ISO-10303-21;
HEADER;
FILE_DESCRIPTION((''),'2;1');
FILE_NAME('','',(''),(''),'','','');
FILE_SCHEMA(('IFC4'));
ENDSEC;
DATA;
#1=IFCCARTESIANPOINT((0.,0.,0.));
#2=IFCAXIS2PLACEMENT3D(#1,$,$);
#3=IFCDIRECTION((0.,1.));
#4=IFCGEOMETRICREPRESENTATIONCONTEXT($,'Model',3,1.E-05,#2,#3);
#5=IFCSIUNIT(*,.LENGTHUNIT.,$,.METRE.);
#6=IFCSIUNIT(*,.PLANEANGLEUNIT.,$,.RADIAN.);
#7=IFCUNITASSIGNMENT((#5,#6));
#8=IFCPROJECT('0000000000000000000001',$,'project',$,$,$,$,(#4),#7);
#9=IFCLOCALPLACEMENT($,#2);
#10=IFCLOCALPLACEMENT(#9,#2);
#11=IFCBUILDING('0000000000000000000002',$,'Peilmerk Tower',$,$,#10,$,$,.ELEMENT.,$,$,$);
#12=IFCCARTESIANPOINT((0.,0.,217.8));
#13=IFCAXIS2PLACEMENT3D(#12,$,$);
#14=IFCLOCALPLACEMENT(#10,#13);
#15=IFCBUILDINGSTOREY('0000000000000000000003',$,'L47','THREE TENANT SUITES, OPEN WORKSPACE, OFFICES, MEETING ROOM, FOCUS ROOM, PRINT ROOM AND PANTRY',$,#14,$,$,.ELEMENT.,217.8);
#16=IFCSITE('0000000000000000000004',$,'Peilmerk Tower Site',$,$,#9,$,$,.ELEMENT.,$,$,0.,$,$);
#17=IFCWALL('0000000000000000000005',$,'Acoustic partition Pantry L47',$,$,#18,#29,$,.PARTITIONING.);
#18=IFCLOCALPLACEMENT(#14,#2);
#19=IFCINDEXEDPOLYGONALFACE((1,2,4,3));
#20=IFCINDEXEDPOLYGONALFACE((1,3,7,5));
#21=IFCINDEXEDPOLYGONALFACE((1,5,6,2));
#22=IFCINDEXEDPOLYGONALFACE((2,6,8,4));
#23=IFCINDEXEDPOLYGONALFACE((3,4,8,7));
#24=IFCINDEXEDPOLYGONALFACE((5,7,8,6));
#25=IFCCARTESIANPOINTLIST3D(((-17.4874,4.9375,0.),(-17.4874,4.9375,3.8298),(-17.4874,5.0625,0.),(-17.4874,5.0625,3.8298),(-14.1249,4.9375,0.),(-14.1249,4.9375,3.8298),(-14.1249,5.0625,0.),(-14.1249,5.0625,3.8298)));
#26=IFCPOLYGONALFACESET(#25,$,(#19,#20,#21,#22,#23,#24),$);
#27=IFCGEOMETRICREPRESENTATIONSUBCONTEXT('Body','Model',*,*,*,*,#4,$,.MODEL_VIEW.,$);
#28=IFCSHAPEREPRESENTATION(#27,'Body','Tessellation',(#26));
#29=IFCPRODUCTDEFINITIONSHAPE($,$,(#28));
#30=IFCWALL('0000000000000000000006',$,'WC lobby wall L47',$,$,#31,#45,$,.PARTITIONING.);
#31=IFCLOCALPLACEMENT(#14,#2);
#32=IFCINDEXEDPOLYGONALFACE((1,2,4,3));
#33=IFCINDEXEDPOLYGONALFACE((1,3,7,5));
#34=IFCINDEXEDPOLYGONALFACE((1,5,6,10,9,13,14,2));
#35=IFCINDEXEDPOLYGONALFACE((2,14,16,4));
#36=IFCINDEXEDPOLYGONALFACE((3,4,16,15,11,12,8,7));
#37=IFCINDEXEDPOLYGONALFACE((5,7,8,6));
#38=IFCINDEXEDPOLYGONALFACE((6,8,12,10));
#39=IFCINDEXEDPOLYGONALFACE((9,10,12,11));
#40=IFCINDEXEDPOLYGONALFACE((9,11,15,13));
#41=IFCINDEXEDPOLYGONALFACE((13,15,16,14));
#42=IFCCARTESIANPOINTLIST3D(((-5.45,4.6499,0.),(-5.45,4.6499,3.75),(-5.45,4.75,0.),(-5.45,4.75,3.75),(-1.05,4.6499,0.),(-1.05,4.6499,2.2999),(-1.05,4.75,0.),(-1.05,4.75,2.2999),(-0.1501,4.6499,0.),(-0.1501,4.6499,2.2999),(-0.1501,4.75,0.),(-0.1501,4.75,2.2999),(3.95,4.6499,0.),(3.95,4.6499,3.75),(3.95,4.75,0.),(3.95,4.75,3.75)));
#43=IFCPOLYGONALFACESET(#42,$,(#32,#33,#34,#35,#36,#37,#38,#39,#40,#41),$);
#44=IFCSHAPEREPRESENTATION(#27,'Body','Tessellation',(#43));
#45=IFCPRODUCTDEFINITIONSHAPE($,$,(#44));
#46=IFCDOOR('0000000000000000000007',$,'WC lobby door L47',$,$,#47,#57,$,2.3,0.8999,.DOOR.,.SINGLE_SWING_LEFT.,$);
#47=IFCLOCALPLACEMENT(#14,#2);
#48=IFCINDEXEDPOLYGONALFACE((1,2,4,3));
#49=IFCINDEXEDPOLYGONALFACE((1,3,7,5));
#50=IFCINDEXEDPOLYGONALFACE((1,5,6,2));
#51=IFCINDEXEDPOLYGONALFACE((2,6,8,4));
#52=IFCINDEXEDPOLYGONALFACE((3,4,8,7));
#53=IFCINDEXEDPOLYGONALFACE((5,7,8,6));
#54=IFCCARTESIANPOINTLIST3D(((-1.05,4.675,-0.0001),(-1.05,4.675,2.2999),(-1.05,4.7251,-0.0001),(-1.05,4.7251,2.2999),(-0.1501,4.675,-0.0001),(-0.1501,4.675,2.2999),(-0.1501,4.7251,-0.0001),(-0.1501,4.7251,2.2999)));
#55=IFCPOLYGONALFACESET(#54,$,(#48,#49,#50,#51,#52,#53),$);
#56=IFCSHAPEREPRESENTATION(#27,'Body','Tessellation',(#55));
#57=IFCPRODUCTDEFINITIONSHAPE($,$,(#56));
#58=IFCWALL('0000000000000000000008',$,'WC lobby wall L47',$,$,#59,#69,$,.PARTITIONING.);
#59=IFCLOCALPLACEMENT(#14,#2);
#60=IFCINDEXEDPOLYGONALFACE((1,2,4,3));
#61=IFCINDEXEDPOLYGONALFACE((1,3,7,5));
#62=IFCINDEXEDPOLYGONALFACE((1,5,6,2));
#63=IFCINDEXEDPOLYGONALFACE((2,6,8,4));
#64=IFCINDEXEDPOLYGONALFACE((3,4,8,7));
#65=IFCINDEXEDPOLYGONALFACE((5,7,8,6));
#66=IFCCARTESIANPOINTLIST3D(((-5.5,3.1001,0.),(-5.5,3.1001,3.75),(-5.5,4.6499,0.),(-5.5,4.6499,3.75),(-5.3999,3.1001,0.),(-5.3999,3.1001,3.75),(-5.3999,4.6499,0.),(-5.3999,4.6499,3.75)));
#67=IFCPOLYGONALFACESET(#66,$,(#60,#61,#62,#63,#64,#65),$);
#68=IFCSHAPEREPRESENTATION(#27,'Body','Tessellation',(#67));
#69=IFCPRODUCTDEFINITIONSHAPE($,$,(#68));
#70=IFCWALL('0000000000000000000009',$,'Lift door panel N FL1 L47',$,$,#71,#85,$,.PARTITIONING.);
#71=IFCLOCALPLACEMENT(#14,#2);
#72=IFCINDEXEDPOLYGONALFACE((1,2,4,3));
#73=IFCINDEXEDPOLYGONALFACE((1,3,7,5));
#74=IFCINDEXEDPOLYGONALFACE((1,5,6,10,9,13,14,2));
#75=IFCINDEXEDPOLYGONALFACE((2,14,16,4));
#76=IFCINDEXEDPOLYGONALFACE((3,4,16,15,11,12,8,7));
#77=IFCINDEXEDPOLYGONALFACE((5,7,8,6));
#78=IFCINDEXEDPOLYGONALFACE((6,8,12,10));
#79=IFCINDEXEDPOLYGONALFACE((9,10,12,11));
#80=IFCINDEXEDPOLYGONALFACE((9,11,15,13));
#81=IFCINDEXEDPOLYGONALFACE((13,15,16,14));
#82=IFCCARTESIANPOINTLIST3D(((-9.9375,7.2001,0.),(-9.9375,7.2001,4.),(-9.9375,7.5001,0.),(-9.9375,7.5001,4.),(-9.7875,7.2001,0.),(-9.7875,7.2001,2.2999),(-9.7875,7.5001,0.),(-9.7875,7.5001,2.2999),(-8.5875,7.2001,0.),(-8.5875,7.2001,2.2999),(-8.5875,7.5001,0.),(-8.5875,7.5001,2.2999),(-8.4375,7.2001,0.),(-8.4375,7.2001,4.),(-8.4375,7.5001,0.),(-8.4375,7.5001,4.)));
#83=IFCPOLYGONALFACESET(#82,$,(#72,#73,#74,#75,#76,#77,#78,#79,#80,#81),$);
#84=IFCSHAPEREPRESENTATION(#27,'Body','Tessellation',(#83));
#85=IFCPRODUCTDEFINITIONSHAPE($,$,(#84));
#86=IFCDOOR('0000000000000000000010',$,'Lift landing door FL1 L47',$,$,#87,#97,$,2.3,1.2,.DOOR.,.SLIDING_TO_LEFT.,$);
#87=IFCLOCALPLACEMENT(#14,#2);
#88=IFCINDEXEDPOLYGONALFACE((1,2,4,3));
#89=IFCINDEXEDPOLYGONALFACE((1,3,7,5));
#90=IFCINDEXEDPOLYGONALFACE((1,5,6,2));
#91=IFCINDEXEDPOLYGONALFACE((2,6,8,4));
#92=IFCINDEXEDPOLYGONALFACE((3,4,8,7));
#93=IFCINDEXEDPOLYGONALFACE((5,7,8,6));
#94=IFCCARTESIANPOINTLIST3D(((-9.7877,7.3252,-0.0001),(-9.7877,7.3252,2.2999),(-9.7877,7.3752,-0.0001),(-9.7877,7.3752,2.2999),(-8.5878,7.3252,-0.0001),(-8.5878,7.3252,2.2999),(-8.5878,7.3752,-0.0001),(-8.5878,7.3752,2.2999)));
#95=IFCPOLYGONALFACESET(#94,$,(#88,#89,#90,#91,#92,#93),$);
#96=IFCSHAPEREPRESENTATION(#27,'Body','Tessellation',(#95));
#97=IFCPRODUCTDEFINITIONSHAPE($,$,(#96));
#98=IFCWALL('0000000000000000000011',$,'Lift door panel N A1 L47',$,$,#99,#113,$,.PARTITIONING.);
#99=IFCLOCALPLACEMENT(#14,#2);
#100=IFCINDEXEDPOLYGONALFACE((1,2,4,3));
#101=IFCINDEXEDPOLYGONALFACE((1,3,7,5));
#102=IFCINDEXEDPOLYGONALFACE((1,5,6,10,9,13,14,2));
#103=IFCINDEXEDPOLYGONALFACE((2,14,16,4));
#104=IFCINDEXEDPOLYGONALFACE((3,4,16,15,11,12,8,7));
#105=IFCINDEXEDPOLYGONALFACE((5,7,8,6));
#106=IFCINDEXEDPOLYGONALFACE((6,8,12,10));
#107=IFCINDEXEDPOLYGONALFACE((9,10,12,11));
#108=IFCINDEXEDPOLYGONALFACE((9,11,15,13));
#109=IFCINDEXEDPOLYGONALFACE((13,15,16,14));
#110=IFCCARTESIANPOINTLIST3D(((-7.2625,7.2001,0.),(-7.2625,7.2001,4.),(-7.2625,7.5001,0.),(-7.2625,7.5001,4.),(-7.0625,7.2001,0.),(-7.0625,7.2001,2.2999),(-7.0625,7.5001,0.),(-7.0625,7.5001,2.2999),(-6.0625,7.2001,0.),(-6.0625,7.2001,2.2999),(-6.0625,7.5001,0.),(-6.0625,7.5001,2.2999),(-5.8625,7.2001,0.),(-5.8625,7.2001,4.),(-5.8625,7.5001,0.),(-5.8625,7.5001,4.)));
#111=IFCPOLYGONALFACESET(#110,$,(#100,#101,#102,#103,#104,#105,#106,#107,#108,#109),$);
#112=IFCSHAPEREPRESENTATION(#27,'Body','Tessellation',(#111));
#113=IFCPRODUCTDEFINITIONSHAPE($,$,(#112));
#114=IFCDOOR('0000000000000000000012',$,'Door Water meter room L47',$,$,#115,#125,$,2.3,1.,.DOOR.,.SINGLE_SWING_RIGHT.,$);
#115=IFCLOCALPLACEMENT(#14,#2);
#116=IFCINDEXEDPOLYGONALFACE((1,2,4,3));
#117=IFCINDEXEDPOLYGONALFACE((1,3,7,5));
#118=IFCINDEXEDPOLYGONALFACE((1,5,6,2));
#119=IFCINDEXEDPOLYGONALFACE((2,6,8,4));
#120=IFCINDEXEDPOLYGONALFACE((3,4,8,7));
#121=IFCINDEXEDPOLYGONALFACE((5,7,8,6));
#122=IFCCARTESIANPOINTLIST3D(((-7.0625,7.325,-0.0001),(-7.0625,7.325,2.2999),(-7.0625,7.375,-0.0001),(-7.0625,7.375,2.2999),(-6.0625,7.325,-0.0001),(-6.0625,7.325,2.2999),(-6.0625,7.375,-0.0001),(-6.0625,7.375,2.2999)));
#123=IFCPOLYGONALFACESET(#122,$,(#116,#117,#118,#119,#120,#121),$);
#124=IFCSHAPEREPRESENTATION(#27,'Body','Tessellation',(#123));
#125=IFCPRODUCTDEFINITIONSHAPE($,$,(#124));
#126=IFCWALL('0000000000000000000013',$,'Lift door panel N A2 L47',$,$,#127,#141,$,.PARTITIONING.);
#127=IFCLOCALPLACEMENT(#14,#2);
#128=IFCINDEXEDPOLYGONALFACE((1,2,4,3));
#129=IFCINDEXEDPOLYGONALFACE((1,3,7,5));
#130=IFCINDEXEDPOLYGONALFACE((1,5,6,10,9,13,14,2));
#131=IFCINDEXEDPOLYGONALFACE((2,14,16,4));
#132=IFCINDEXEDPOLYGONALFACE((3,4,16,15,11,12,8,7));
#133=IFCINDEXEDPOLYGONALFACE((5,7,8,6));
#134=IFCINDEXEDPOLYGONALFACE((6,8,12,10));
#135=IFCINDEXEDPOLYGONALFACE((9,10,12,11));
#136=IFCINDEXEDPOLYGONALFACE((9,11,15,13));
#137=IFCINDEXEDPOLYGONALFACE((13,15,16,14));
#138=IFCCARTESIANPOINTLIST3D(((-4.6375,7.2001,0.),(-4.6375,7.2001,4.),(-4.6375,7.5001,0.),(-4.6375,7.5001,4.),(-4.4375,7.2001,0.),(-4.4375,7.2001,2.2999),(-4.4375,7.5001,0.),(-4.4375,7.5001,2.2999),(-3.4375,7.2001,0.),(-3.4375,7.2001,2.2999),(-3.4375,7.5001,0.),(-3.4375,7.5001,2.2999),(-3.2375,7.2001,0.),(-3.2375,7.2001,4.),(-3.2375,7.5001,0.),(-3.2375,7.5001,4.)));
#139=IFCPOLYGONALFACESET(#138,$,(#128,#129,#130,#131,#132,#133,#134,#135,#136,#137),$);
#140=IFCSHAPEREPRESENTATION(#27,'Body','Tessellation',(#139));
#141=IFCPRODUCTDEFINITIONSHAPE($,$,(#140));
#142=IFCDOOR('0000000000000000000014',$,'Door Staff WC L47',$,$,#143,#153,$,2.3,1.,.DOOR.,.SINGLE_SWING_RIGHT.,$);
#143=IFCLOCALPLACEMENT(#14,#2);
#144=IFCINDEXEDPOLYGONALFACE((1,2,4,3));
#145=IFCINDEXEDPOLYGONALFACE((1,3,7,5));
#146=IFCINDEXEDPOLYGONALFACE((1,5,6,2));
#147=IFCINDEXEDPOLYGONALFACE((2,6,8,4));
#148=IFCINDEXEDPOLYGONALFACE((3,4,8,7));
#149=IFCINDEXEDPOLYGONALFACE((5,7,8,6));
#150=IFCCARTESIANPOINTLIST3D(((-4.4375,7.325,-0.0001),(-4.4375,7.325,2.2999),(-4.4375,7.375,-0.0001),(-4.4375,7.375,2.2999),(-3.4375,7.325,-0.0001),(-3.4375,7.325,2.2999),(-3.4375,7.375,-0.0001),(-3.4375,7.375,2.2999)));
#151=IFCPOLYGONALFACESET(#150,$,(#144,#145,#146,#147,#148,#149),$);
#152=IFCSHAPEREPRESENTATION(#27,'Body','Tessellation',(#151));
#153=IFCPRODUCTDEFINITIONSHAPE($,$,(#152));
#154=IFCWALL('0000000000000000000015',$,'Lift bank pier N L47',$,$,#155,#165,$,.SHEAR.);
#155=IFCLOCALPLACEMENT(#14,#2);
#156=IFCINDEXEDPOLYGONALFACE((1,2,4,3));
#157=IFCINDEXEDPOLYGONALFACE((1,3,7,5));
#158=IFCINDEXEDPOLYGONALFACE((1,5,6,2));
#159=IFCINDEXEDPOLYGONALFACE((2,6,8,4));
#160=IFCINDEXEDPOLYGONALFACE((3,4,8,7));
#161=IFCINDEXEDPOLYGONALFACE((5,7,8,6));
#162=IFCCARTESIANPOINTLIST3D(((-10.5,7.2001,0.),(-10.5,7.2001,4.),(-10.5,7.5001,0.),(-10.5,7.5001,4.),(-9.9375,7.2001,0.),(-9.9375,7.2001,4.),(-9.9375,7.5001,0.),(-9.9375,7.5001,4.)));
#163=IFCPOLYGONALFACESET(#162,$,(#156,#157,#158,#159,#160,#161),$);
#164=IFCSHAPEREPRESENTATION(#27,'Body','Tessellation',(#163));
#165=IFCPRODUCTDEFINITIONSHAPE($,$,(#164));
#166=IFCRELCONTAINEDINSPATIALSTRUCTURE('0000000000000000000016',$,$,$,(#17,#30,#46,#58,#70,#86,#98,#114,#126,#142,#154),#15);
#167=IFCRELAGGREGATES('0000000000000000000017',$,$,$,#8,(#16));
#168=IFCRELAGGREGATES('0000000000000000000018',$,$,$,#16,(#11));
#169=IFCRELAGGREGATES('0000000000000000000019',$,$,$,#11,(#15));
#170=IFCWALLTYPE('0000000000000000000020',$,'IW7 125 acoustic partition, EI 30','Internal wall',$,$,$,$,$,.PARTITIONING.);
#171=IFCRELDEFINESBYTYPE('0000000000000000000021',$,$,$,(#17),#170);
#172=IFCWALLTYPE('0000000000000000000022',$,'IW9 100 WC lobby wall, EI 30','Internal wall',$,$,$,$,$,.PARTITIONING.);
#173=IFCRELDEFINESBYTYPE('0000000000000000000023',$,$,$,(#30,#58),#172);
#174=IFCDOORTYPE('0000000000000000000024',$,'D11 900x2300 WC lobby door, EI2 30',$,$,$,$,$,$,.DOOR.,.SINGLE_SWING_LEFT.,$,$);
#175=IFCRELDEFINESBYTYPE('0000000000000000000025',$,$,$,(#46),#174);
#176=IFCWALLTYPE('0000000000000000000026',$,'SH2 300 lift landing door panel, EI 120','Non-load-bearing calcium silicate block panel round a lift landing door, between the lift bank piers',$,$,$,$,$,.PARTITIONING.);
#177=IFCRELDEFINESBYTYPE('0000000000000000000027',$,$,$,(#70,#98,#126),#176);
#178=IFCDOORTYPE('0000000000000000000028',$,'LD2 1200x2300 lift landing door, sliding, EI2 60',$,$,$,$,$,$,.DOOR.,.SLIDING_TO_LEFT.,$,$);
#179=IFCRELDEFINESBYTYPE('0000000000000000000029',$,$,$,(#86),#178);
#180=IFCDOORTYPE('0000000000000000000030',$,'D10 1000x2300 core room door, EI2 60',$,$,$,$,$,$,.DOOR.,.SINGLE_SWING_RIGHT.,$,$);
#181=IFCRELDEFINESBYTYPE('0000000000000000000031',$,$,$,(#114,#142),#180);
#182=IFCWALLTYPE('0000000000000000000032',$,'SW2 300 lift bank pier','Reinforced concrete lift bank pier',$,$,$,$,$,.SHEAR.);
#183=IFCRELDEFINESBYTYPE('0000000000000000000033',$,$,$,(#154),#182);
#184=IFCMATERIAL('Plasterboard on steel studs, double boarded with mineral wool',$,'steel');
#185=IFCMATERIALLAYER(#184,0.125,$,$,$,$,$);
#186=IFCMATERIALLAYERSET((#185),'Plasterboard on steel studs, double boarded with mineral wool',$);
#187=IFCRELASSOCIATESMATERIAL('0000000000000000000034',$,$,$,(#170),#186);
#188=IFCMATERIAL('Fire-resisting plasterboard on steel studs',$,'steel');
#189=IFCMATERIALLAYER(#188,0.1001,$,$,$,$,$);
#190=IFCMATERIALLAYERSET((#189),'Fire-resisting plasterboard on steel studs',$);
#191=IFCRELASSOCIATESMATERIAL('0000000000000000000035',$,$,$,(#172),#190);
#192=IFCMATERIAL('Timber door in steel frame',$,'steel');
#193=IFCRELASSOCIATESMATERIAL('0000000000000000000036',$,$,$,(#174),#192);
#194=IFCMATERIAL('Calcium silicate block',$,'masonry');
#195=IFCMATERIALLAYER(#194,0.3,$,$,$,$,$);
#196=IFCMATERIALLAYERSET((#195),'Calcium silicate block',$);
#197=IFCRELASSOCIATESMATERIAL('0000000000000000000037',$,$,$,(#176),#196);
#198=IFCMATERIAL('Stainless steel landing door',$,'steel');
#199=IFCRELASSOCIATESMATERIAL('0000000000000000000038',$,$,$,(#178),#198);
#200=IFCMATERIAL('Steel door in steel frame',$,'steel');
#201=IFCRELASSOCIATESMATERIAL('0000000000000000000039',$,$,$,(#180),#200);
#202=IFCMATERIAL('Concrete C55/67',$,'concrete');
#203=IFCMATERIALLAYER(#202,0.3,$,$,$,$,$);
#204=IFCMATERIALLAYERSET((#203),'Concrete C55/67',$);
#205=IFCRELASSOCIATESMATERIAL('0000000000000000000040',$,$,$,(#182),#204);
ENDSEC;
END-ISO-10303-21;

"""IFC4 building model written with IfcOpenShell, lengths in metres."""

from ifc_helpers import new_model, si_unit, direction, frame, frame_2d, origin, place, context, subcontext, project, spatial, rectangle, extrude, material, layer, layer_set, type_object, element, fill, save


model = new_model("IFC4")

# Units and contexts
model_context = context("Model", 3, precision=1e-05, world=origin(), true_north=direction((0.0, 1.0)))
body_context = subcontext(model_context, "Body", "Model", "MODEL_VIEW")
ifc_project = project(units=[si_unit("LENGTHUNIT", "METRE"), si_unit("PLANEANGLEUNIT", "RADIAN")], contexts=[model_context])

# Site, building, storey
site_placement = place(None, origin())
site = spatial("IfcSite", under=ifc_project, at=site_placement, Name="Peilmerk Tower Site", CompositionType="ELEMENT", RefElevation=0.0)
building_placement = place(site_placement, origin())
building = spatial("IfcBuilding", under=site, at=building_placement, Name="Peilmerk Tower", CompositionType="ELEMENT")
storey_placement = place(building_placement, frame((0.0, 0.0, 217.8)))
storey = spatial("IfcBuildingStorey", under=building, at=storey_placement, Name="L47", Description="THREE TENANT SUITES, OPEN WORKSPACE, OFFICES, MEETING ROOM, FOCUS ROOM, PRINT ROOM AND PANTRY", CompositionType="ELEMENT", Elevation=217.8)

# Shared definitions
ifc_material_1 = material(Name="Concrete C55/67", Category="concrete")

# Shared definitions
ifc_material_2 = material(Name="Steel door in steel frame", Category="steel")

# Shared definitions
ifc_material_3 = material(Name="Timber door in steel frame", Category="steel")

# Wall
ifc_material_4 = material(Name="Plasterboard on steel studs, double boarded with mineral wool", Category="steel")
ifc_layer_1 = layer(ifc_material_4, 0.125)
ifc_layer_set_1 = layer_set([ifc_layer_1], Name="Plasterboard on steel studs, double boarded with mineral wool")
wall_type_1 = type_object("IfcWallType", Name="IW7 125 acoustic partition, EI 30", Description="Internal wall", PredefinedType="PARTITIONING", material=ifc_layer_set_1)
wall_1_placement = place(storey_placement, frame((-14.125, 5.0, 0.0), z_axis=(0.0, 0.0, 1.0), x_axis=(-1.0, 0.0, 0.0)))
element("IfcWall", 1, at=wall_1_placement, inside=storey, type_object=wall_type_1, Name="Acoustic partition Pantry L47", PredefinedType="PARTITIONING", context=body_context, shape_type="SweptSolid", body=[
    extrude(rectangle(XDim=3.3625, YDim=0.125, at=frame_2d((1.6812, 0.0))), origin(), (0.0, 0.0, 1.0), 3.8298),
])

# Wall, opening, door
ifc_material_5 = material(Name="Fire-resisting plasterboard on steel studs", Category="steel")
ifc_layer_2 = layer(ifc_material_5, 0.1001)
ifc_layer_set_2 = layer_set([ifc_layer_2], Name="Fire-resisting plasterboard on steel studs")
wall_type_2 = type_object("IfcWallType", Name="IW9 100 WC lobby wall, EI 30", Description="Internal wall", PredefinedType="PARTITIONING", material=ifc_layer_set_2)
wall_2_placement = place(storey_placement, frame((-5.45, 4.7, 0.0), z_axis=(0.0, 0.0, 1.0), x_axis=(1.0, 0.0, 0.0)))
wall_2 = element("IfcWall", 2, at=wall_2_placement, inside=storey, type_object=wall_type_2, Name="WC lobby wall L47", PredefinedType="PARTITIONING", context=body_context, shape_type="SweptSolid", body=[
    extrude(rectangle(XDim=9.3999, YDim=0.1001, at=frame_2d((4.7, 0.0))), origin(), (0.0, 0.0, 1.0), 3.75),
])
opening_1_placement = place(wall_2_placement, frame((4.3999, 0.0, 0.0)))
opening_1 = element("IfcOpeningElement", 3, at=opening_1_placement, cuts=wall_2, PredefinedType="OPENING", context=body_context, shape_type="SweptSolid", body=[
    extrude(rectangle(XDim=0.8999, YDim=2.3, at=frame_2d((0.45, 1.1499))), frame((0.0, 0.0601, 0.0), z_axis=(0.0, -1.0, 0.0), x_axis=(1.0, 0.0, 0.0)), (0.0, 0.0, 1.0), 0.1201),
])
door_type_1 = type_object("IfcDoorType", Name="D11 900x2300 WC lobby door, EI2 30", OperationType="SINGLE_SWING_LEFT", PredefinedType="DOOR", material=ifc_material_3)
door_1_placement = place(opening_1_placement, frame((0.8999, 0.0, 0.0), z_axis=(0.0, 0.0, 1.0), x_axis=(-1.0, 0.0, 0.0)))
door_1 = element("IfcDoor", 4, at=door_1_placement, inside=storey, type_object=door_type_1, Name="WC lobby door L47", OperationType="SINGLE_SWING_LEFT", OverallHeight=2.3, OverallWidth=0.8999, PredefinedType="DOOR", context=body_context, shape_type="SweptSolid", body=[
    extrude(rectangle(XDim=0.8999, YDim=2.3, at=frame_2d((0.45, 1.1499))), frame((0.0, 0.0249, 0.0), z_axis=(0.0, -1.0, 0.0), x_axis=(1.0, 0.0, 0.0)), (0.0, 0.0, 1.0), 0.05),
])
fill(opening_1, door_1)

# Wall
wall_3_placement = place(storey_placement, frame((-5.45, 3.1001, 0.0), z_axis=(0.0, 0.0, 1.0), x_axis=(0.0, 1.0, 0.0)))
element("IfcWall", 5, at=wall_3_placement, inside=storey, type_object=wall_type_2, Name="WC lobby wall L47", PredefinedType="PARTITIONING", context=body_context, shape_type="SweptSolid", body=[
    extrude(rectangle(XDim=1.5498, YDim=0.1001, at=frame_2d((0.7749, 0.0))), origin(), (0.0, 0.0, 1.0), 3.75),
])

# Walls, openings, doors
ifc_material_6 = material(Name="Calcium silicate block", Category="masonry")
ifc_layer_3 = layer(ifc_material_6, 0.3)
ifc_layer_set_3 = layer_set([ifc_layer_3], Name="Calcium silicate block")
wall_type_3 = type_object("IfcWallType", Name="SH2 300 lift landing door panel, EI 120", Description="Non-load-bearing calcium silicate block panel round a lift landing door, between the lift bank piers", PredefinedType="PARTITIONING", material=ifc_layer_set_3)
wall_4_placement = place(storey_placement, frame((-9.9375, 7.3501, 0.0), z_axis=(0.0, 0.0, 1.0), x_axis=(1.0, 0.0, 0.0)))
wall_4 = element("IfcWall", 6, at=wall_4_placement, inside=storey, type_object=wall_type_3, Name="Lift door panel N FL1 L47", PredefinedType="PARTITIONING", context=body_context, shape_type="SweptSolid", body=[
    extrude(rectangle(XDim=1.5, YDim=0.3, at=frame_2d((0.75, 0.0))), origin(), (0.0, 0.0, 1.0), 4.0),
])
opening_2_placement = place(wall_4_placement, frame((0.1499, 0.0, 0.0)))
opening_2 = element("IfcOpeningElement", 7, at=opening_2_placement, cuts=wall_4, PredefinedType="OPENING", context=body_context, shape_type="SweptSolid", body=[
    extrude(rectangle(XDim=1.2, YDim=2.3, at=frame_2d((0.6001, 1.1499))), frame((0.0, 0.1599, 0.0), z_axis=(0.0, -1.0, 0.0), x_axis=(1.0, 0.0, 0.0)), (0.0, 0.0, 1.0), 0.3201),
])
ifc_material_7 = material(Name="Stainless steel landing door", Category="steel")
door_type_2 = type_object("IfcDoorType", Name="LD2 1200x2300 lift landing door, sliding, EI2 60", OperationType="SLIDING_TO_LEFT", PredefinedType="DOOR", material=ifc_material_7)
door_2_placement = place(opening_2_placement, frame((1.2, 0.0, 0.0), z_axis=(0.0, 0.0, 1.0), x_axis=(-1.0, 0.0, 0.0)))
door_2 = element("IfcDoor", 8, at=door_2_placement, inside=storey, type_object=door_type_2, Name="Lift landing door FL1 L47", OperationType="SLIDING_TO_LEFT", OverallHeight=2.3, OverallWidth=1.2, PredefinedType="DOOR", context=body_context, shape_type="SweptSolid", body=[
    extrude(rectangle(XDim=1.2, YDim=2.3, at=frame_2d((0.6001, 1.1499))), frame((0.0, 0.0249, 0.0), z_axis=(0.0, -1.0, 0.0), x_axis=(1.0, 0.0, 0.0)), (0.0, 0.0, 1.0), 0.05),
])
fill(opening_2, door_2)
wall_5_placement = place(storey_placement, frame((-7.2625, 7.3501, 0.0), z_axis=(0.0, 0.0, 1.0), x_axis=(1.0, 0.0, 0.0)))
wall_5 = element("IfcWall", 9, at=wall_5_placement, inside=storey, type_object=wall_type_3, Name="Lift door panel N A1 L47", PredefinedType="PARTITIONING", context=body_context, shape_type="SweptSolid", body=[
    extrude(rectangle(XDim=1.3999, YDim=0.3, at=frame_2d((0.7, 0.0))), origin(), (0.0, 0.0, 1.0), 4.0),
])
opening_3_placement = place(wall_5_placement, frame((0.2, 0.0, 0.0)))
opening_3 = element("IfcOpeningElement", 10, at=opening_3_placement, cuts=wall_5, PredefinedType="OPENING", context=body_context, shape_type="SweptSolid", body=[
    extrude(rectangle(XDim=1.0, YDim=2.3, at=frame_2d((0.5, 1.1499))), frame((0.0, 0.1599, 0.0), z_axis=(0.0, -1.0, 0.0), x_axis=(1.0, 0.0, 0.0)), (0.0, 0.0, 1.0), 0.3201),
])
door_type_3 = type_object("IfcDoorType", Name="D10 1000x2300 core room door, EI2 60", OperationType="SINGLE_SWING_RIGHT", PredefinedType="DOOR", material=ifc_material_2)
door_3_placement = place(opening_3_placement, origin())
door_3 = element("IfcDoor", 11, at=door_3_placement, inside=storey, type_object=door_type_3, Name="Door Water meter room L47", OperationType="SINGLE_SWING_RIGHT", OverallHeight=2.3, OverallWidth=1.0, PredefinedType="DOOR", context=body_context, shape_type="SweptSolid", body=[
    extrude(rectangle(XDim=1.0, YDim=2.3, at=frame_2d((0.5, 1.1499))), frame((0.0, 0.0249, 0.0), z_axis=(0.0, -1.0, 0.0), x_axis=(1.0, 0.0, 0.0)), (0.0, 0.0, 1.0), 0.05),
])
fill(opening_3, door_3)
wall_6_placement = place(storey_placement, frame((-4.6375, 7.3501, 0.0), z_axis=(0.0, 0.0, 1.0), x_axis=(1.0, 0.0, 0.0)))
wall_6 = element("IfcWall", 12, at=wall_6_placement, inside=storey, type_object=wall_type_3, Name="Lift door panel N A2 L47", PredefinedType="PARTITIONING", context=body_context, shape_type="SweptSolid", body=[
    extrude(rectangle(XDim=1.3999, YDim=0.3, at=frame_2d((0.7, 0.0))), origin(), (0.0, 0.0, 1.0), 4.0),
])
opening_4_placement = place(wall_6_placement, frame((0.2, 0.0, 0.0)))
opening_4 = element("IfcOpeningElement", 13, at=opening_4_placement, cuts=wall_6, PredefinedType="OPENING", context=body_context, shape_type="SweptSolid", body=[
    extrude(rectangle(XDim=1.0, YDim=2.3, at=frame_2d((0.5, 1.1499))), frame((0.0, 0.1599, 0.0), z_axis=(0.0, -1.0, 0.0), x_axis=(1.0, 0.0, 0.0)), (0.0, 0.0, 1.0), 0.3201),
])
door_4_placement = place(opening_4_placement, origin())
door_4 = element("IfcDoor", 14, at=door_4_placement, inside=storey, type_object=door_type_3, Name="Door Staff WC L47", OperationType="SINGLE_SWING_RIGHT", OverallHeight=2.3, OverallWidth=1.0, PredefinedType="DOOR", context=body_context, shape_type="SweptSolid", body=[
    extrude(rectangle(XDim=1.0, YDim=2.3, at=frame_2d((0.5, 1.1499))), frame((0.0, 0.0249, 0.0), z_axis=(0.0, -1.0, 0.0), x_axis=(1.0, 0.0, 0.0)), (0.0, 0.0, 1.0), 0.05),
])
fill(opening_4, door_4)

# Wall
ifc_layer_4 = layer(ifc_material_1, 0.3)
ifc_layer_set_4 = layer_set([ifc_layer_4], Name="Concrete C55/67")
wall_type_4 = type_object("IfcWallType", Name="SW2 300 lift bank pier", Description="Reinforced concrete lift bank pier", PredefinedType="SHEAR", material=ifc_layer_set_4)
wall_7_placement = place(storey_placement, frame((-10.5, 7.3501, 0.0), z_axis=(0.0, 0.0, 1.0), x_axis=(1.0, 0.0, 0.0)))
element("IfcWall", 15, at=wall_7_placement, inside=storey, type_object=wall_type_4, Name="Lift bank pier N L47", PredefinedType="SHEAR", context=body_context, shape_type="SweptSolid", body=[
    extrude(rectangle(XDim=0.5625, YDim=0.3, at=frame_2d((0.2812, 0.0))), origin(), (0.0, 0.0, 1.0), 4.0),
])

save(model, "model.ifc")
